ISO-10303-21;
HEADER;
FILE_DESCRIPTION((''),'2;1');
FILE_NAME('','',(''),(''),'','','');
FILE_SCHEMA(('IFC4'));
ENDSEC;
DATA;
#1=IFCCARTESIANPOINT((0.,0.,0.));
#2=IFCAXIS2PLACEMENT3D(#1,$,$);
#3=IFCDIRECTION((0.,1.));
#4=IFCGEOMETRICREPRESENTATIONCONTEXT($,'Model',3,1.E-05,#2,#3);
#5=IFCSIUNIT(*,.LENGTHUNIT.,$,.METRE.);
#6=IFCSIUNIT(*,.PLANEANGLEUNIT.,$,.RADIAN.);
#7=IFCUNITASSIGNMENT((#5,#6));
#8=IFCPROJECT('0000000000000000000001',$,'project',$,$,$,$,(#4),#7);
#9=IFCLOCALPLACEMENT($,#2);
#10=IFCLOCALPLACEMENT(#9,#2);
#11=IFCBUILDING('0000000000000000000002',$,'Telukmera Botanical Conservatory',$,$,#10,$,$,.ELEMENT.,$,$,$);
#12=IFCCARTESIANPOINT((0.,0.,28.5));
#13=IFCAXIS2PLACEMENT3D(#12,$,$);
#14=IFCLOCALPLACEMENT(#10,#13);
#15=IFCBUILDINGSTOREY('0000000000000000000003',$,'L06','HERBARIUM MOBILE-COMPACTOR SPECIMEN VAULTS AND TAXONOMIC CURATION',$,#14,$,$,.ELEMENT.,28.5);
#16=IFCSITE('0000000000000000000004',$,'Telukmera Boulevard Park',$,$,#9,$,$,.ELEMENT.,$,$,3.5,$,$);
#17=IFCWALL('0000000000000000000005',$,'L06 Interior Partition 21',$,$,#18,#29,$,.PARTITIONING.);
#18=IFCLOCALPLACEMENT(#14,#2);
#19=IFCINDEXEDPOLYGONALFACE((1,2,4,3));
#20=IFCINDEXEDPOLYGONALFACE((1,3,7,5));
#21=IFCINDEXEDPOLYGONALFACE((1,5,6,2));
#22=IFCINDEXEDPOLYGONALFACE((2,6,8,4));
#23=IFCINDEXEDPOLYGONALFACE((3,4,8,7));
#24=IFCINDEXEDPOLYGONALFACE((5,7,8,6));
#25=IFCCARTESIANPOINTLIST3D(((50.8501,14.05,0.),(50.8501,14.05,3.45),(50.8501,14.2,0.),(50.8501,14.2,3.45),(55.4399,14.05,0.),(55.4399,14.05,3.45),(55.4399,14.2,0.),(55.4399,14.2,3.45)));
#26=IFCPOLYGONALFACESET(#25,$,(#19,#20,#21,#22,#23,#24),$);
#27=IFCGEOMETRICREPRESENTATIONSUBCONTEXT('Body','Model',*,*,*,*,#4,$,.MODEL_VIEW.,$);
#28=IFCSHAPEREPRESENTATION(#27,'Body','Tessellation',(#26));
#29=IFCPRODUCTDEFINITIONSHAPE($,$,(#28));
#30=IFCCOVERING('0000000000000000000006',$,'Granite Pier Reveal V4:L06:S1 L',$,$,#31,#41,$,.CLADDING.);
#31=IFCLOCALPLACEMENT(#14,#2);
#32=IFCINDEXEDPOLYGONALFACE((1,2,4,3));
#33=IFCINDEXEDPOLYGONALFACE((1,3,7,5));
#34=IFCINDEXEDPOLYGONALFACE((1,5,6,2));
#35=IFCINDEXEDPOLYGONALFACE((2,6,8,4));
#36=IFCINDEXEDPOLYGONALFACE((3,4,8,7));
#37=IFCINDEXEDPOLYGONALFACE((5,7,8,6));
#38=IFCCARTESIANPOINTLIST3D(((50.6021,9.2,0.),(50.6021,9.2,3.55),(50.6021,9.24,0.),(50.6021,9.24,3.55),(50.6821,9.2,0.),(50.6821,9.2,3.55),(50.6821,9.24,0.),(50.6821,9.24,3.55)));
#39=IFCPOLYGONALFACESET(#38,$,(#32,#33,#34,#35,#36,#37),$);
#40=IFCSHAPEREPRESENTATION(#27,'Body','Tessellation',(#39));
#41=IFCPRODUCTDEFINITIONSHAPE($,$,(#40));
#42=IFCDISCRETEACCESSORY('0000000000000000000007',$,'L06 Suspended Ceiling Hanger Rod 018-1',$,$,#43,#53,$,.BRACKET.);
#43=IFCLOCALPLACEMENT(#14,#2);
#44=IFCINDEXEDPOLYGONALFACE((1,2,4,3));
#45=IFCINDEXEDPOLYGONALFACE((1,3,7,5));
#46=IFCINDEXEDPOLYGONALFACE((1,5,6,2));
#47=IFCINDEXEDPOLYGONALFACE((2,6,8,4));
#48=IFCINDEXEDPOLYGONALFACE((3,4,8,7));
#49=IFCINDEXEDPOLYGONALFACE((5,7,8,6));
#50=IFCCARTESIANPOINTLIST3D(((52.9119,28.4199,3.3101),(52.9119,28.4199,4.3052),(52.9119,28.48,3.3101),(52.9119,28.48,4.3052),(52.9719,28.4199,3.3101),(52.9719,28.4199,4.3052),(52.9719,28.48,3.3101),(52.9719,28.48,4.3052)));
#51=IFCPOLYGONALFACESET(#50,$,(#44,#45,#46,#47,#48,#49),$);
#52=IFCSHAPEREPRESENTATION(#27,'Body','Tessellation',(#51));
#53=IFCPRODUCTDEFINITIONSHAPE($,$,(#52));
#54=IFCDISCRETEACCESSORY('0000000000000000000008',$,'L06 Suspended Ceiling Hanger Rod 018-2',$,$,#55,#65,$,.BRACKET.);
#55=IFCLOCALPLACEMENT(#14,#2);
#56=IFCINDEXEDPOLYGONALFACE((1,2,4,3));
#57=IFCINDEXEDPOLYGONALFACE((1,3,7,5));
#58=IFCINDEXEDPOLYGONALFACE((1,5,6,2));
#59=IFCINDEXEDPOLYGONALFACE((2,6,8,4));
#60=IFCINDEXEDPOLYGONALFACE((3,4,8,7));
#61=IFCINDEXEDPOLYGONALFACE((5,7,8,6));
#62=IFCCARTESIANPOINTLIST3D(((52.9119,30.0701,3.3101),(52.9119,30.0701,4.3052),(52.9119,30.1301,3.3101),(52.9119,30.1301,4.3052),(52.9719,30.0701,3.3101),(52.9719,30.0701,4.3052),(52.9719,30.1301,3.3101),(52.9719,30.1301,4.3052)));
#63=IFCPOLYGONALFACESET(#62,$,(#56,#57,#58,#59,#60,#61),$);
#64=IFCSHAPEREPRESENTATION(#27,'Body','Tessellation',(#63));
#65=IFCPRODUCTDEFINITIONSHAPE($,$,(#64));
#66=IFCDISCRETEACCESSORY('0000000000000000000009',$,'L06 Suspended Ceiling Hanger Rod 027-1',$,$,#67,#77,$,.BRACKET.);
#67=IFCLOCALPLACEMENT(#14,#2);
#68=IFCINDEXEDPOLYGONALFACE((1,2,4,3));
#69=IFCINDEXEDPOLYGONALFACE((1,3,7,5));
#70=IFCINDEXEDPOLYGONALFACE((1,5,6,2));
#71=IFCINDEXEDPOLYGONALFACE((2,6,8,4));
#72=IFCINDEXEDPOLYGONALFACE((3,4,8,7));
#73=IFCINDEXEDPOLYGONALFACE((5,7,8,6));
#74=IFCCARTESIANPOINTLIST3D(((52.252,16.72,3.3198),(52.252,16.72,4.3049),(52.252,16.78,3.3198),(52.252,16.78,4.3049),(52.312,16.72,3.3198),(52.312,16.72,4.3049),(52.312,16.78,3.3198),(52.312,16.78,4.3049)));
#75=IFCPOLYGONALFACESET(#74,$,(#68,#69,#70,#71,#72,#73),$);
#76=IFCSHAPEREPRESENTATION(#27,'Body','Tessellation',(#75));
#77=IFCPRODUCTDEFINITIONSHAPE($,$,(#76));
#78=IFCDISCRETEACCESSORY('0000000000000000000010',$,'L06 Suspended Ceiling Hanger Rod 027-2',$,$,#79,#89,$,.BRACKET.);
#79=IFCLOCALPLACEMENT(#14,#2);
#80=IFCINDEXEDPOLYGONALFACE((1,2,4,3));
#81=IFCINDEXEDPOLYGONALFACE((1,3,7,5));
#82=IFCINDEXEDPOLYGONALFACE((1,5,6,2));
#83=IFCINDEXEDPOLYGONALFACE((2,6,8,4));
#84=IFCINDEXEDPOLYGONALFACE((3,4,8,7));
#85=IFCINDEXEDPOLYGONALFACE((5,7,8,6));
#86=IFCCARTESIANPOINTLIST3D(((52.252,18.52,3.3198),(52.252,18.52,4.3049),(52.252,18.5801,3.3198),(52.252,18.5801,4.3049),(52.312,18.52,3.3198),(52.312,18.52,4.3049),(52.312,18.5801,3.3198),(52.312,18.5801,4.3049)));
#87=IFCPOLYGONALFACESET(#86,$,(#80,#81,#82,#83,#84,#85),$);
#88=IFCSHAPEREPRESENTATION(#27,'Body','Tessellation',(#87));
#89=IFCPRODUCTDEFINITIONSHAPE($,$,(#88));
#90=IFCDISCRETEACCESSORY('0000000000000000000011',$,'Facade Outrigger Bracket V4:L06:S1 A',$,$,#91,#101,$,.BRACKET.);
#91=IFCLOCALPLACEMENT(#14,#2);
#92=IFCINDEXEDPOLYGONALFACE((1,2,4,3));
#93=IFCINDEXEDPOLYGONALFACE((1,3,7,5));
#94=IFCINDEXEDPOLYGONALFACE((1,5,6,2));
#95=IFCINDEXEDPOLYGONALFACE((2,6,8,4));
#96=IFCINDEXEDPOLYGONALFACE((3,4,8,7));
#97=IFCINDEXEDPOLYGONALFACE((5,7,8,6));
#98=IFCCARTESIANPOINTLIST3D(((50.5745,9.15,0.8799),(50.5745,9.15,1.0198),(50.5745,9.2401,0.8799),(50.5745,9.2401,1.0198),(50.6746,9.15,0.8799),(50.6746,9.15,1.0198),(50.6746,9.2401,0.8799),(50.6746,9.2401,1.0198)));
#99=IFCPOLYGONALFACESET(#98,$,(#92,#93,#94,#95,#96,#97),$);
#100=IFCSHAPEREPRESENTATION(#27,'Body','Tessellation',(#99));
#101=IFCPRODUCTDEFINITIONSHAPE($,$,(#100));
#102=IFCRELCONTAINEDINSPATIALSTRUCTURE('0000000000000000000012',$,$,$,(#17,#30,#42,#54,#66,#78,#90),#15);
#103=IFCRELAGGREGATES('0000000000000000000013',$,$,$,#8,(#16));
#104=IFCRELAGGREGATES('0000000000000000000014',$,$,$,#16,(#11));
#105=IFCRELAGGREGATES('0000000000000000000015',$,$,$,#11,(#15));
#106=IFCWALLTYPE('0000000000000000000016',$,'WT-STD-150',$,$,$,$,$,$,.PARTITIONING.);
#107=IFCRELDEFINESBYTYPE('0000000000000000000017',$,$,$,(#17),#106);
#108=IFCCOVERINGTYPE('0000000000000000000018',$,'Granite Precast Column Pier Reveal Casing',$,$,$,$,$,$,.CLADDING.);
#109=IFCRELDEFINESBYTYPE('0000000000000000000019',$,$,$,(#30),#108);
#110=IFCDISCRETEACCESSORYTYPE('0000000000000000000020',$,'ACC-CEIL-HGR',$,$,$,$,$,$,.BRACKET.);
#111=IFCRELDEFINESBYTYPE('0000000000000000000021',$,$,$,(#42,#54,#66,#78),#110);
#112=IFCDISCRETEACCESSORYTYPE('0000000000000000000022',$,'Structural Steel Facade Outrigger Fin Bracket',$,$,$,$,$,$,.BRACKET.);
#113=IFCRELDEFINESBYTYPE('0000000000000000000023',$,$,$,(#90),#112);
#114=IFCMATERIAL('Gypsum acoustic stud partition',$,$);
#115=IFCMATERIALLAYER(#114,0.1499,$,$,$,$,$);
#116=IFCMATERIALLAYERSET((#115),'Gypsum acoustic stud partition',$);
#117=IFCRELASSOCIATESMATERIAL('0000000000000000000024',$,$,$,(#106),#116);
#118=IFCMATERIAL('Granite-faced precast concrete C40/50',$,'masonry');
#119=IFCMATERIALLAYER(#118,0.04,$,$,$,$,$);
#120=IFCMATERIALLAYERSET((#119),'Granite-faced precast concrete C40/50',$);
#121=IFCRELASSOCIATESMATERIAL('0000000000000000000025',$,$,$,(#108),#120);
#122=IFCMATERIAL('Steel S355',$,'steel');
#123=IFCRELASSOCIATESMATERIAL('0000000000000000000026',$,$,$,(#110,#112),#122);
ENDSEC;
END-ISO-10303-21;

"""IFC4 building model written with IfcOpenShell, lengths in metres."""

from ifc_helpers import new_model, si_unit, direction, frame, frame_2d, origin, origin_2d, place, context, subcontext, project, spatial, rectangle, extrude, material, layer, layer_set, type_object, element, save


model = new_model("IFC4")

# Units and contexts
model_context = context("Model", 3, precision=1e-05, world=origin(), true_north=direction((0.0, 1.0)))
body_context = subcontext(model_context, "Body", "Model", "MODEL_VIEW")
ifc_project = project(units=[si_unit("LENGTHUNIT", "METRE"), si_unit("PLANEANGLEUNIT", "RADIAN")], contexts=[model_context])

# Site, building, storey
site_placement = place(None, origin())
site = spatial("IfcSite", under=ifc_project, at=site_placement, Name="Telukmera Boulevard Park", CompositionType="ELEMENT", RefElevation=3.5)
building_placement = place(site_placement, origin())
building = spatial("IfcBuilding", under=site, at=building_placement, Name="Telukmera Botanical Conservatory", CompositionType="ELEMENT")
storey_placement = place(building_placement, frame((0.0, 0.0, 28.5)))
storey = spatial("IfcBuildingStorey", under=building, at=storey_placement, Name="L06", Description="HERBARIUM MOBILE-COMPACTOR SPECIMEN VAULTS AND TAXONOMIC CURATION", CompositionType="ELEMENT", Elevation=28.5)

# Shared definitions
ifc_material_1 = material(Name="Gypsum acoustic stud partition")

# Shared definitions
ifc_layer_1 = layer(ifc_material_1, 0.1499)
ifc_layer_set_1 = layer_set([ifc_layer_1], Name="Gypsum acoustic stud partition")
wall_type_1 = type_object("IfcWallType", Name="WT-STD-150", PredefinedType="PARTITIONING", material=ifc_layer_set_1)

# Wall
wall_1_placement = place(storey_placement, frame((50.8501, 14.125, 0.0), z_axis=(0.0, 0.0, 1.0), x_axis=(1.0, 0.0, 0.0)))
element("IfcWall", 1, at=wall_1_placement, inside=storey, type_object=wall_type_1, Name="L06 Interior Partition 21", PredefinedType="PARTITIONING", context=body_context, shape_type="SweptSolid", body=[
    extrude(rectangle(XDim=4.5898, YDim=0.1499, at=frame_2d((2.2949, 0.0))), origin(), (0.0, 0.0, 1.0), 3.45),
])

# Covering
ifc_material_2 = material(Name="Granite-faced precast concrete C40/50", Category="masonry")
ifc_layer_2 = layer(ifc_material_2, 0.04)
ifc_layer_set_2 = layer_set([ifc_layer_2], Name="Granite-faced precast concrete C40/50")
covering_type = type_object("IfcCoveringType", Name="Granite Precast Column Pier Reveal Casing", PredefinedType="CLADDING", material=ifc_layer_set_2)
covering_placement = place(storey_placement, frame((50.6421, 9.22, 0.0), z_axis=(0.0, 0.0, 1.0), x_axis=(1.0, 0.0, 0.0)))
element("IfcCovering", 2, at=covering_placement, inside=storey, type_object=covering_type, Name="Granite Pier Reveal V4:L06:S1 L", PredefinedType="CLADDING", context=body_context, shape_type="SweptSolid", body=[
    extrude(rectangle(XDim=0.0801, YDim=0.04, at=origin_2d()), origin(), (0.0, 0.0, 1.0), 3.55),
])

# Discrete accessories
ifc_material_3 = material(Name="Steel S355", Category="steel")
discrete_accessory_type_1 = type_object("IfcDiscreteAccessoryType", Name="ACC-CEIL-HGR", PredefinedType="BRACKET", material=ifc_material_3)
for number, where, z_axis, x_axis, name in (
    (3, (52.9419, 28.45, 3.3101), (0.0, 0.0, 1.0), (1.0, 0.0, 0.0), "L06 Suspended Ceiling Hanger Rod 018-1"),
    (4, (52.9419, 30.1001, 3.3101), (0.0, 0.0, 1.0), (1.0, 0.0, 0.0), "L06 Suspended Ceiling Hanger Rod 018-2"),
):
    element("IfcDiscreteAccessory", number, at=place(storey_placement, frame(where, z_axis=z_axis, x_axis=x_axis)), inside=storey, type_object=discrete_accessory_type_1, Name=name, PredefinedType="BRACKET", context=body_context, shape_type="SweptSolid", body=[
        extrude(rectangle(XDim=0.0601, YDim=0.0601, at=origin_2d()), origin(), (0.0, 0.0, 1.0), 0.9951),
    ])
for number, where, z_axis, x_axis, name in (
    (5, (52.282, 16.75, 3.3198), (0.0, 0.0, 1.0), (1.0, 0.0, 0.0), "L06 Suspended Ceiling Hanger Rod 027-1"),
    (6, (52.282, 18.55, 3.3198), (0.0, 0.0, 1.0), (1.0, 0.0, 0.0), "L06 Suspended Ceiling Hanger Rod 027-2"),
):
    element("IfcDiscreteAccessory", number, at=place(storey_placement, frame(where, z_axis=z_axis, x_axis=x_axis)), inside=storey, type_object=discrete_accessory_type_1, Name=name, PredefinedType="BRACKET", context=body_context, shape_type="SweptSolid", body=[
        extrude(rectangle(XDim=0.0601, YDim=0.0601, at=origin_2d()), origin(), (0.0, 0.0, 1.0), 0.9851),
    ])
discrete_accessory_type_2 = type_object("IfcDiscreteAccessoryType", Name="Structural Steel Facade Outrigger Fin Bracket", PredefinedType="BRACKET", material=ifc_material_3)
discrete_accessory_placement = place(storey_placement, frame((50.6245, 9.1951, 0.8799), z_axis=(0.0, 0.0, 1.0), x_axis=(1.0, 0.0, 0.0)))
element("IfcDiscreteAccessory", 7, at=discrete_accessory_placement, inside=storey, type_object=discrete_accessory_type_2, Name="Facade Outrigger Bracket V4:L06:S1 A", PredefinedType="BRACKET", context=body_context, shape_type="SweptSolid", body=[
    extrude(rectangle(XDim=0.1001, YDim=0.0901, at=origin_2d()), origin(), (0.0, 0.0, 1.0), 0.1399),
])

save(model, "model.ifc")
